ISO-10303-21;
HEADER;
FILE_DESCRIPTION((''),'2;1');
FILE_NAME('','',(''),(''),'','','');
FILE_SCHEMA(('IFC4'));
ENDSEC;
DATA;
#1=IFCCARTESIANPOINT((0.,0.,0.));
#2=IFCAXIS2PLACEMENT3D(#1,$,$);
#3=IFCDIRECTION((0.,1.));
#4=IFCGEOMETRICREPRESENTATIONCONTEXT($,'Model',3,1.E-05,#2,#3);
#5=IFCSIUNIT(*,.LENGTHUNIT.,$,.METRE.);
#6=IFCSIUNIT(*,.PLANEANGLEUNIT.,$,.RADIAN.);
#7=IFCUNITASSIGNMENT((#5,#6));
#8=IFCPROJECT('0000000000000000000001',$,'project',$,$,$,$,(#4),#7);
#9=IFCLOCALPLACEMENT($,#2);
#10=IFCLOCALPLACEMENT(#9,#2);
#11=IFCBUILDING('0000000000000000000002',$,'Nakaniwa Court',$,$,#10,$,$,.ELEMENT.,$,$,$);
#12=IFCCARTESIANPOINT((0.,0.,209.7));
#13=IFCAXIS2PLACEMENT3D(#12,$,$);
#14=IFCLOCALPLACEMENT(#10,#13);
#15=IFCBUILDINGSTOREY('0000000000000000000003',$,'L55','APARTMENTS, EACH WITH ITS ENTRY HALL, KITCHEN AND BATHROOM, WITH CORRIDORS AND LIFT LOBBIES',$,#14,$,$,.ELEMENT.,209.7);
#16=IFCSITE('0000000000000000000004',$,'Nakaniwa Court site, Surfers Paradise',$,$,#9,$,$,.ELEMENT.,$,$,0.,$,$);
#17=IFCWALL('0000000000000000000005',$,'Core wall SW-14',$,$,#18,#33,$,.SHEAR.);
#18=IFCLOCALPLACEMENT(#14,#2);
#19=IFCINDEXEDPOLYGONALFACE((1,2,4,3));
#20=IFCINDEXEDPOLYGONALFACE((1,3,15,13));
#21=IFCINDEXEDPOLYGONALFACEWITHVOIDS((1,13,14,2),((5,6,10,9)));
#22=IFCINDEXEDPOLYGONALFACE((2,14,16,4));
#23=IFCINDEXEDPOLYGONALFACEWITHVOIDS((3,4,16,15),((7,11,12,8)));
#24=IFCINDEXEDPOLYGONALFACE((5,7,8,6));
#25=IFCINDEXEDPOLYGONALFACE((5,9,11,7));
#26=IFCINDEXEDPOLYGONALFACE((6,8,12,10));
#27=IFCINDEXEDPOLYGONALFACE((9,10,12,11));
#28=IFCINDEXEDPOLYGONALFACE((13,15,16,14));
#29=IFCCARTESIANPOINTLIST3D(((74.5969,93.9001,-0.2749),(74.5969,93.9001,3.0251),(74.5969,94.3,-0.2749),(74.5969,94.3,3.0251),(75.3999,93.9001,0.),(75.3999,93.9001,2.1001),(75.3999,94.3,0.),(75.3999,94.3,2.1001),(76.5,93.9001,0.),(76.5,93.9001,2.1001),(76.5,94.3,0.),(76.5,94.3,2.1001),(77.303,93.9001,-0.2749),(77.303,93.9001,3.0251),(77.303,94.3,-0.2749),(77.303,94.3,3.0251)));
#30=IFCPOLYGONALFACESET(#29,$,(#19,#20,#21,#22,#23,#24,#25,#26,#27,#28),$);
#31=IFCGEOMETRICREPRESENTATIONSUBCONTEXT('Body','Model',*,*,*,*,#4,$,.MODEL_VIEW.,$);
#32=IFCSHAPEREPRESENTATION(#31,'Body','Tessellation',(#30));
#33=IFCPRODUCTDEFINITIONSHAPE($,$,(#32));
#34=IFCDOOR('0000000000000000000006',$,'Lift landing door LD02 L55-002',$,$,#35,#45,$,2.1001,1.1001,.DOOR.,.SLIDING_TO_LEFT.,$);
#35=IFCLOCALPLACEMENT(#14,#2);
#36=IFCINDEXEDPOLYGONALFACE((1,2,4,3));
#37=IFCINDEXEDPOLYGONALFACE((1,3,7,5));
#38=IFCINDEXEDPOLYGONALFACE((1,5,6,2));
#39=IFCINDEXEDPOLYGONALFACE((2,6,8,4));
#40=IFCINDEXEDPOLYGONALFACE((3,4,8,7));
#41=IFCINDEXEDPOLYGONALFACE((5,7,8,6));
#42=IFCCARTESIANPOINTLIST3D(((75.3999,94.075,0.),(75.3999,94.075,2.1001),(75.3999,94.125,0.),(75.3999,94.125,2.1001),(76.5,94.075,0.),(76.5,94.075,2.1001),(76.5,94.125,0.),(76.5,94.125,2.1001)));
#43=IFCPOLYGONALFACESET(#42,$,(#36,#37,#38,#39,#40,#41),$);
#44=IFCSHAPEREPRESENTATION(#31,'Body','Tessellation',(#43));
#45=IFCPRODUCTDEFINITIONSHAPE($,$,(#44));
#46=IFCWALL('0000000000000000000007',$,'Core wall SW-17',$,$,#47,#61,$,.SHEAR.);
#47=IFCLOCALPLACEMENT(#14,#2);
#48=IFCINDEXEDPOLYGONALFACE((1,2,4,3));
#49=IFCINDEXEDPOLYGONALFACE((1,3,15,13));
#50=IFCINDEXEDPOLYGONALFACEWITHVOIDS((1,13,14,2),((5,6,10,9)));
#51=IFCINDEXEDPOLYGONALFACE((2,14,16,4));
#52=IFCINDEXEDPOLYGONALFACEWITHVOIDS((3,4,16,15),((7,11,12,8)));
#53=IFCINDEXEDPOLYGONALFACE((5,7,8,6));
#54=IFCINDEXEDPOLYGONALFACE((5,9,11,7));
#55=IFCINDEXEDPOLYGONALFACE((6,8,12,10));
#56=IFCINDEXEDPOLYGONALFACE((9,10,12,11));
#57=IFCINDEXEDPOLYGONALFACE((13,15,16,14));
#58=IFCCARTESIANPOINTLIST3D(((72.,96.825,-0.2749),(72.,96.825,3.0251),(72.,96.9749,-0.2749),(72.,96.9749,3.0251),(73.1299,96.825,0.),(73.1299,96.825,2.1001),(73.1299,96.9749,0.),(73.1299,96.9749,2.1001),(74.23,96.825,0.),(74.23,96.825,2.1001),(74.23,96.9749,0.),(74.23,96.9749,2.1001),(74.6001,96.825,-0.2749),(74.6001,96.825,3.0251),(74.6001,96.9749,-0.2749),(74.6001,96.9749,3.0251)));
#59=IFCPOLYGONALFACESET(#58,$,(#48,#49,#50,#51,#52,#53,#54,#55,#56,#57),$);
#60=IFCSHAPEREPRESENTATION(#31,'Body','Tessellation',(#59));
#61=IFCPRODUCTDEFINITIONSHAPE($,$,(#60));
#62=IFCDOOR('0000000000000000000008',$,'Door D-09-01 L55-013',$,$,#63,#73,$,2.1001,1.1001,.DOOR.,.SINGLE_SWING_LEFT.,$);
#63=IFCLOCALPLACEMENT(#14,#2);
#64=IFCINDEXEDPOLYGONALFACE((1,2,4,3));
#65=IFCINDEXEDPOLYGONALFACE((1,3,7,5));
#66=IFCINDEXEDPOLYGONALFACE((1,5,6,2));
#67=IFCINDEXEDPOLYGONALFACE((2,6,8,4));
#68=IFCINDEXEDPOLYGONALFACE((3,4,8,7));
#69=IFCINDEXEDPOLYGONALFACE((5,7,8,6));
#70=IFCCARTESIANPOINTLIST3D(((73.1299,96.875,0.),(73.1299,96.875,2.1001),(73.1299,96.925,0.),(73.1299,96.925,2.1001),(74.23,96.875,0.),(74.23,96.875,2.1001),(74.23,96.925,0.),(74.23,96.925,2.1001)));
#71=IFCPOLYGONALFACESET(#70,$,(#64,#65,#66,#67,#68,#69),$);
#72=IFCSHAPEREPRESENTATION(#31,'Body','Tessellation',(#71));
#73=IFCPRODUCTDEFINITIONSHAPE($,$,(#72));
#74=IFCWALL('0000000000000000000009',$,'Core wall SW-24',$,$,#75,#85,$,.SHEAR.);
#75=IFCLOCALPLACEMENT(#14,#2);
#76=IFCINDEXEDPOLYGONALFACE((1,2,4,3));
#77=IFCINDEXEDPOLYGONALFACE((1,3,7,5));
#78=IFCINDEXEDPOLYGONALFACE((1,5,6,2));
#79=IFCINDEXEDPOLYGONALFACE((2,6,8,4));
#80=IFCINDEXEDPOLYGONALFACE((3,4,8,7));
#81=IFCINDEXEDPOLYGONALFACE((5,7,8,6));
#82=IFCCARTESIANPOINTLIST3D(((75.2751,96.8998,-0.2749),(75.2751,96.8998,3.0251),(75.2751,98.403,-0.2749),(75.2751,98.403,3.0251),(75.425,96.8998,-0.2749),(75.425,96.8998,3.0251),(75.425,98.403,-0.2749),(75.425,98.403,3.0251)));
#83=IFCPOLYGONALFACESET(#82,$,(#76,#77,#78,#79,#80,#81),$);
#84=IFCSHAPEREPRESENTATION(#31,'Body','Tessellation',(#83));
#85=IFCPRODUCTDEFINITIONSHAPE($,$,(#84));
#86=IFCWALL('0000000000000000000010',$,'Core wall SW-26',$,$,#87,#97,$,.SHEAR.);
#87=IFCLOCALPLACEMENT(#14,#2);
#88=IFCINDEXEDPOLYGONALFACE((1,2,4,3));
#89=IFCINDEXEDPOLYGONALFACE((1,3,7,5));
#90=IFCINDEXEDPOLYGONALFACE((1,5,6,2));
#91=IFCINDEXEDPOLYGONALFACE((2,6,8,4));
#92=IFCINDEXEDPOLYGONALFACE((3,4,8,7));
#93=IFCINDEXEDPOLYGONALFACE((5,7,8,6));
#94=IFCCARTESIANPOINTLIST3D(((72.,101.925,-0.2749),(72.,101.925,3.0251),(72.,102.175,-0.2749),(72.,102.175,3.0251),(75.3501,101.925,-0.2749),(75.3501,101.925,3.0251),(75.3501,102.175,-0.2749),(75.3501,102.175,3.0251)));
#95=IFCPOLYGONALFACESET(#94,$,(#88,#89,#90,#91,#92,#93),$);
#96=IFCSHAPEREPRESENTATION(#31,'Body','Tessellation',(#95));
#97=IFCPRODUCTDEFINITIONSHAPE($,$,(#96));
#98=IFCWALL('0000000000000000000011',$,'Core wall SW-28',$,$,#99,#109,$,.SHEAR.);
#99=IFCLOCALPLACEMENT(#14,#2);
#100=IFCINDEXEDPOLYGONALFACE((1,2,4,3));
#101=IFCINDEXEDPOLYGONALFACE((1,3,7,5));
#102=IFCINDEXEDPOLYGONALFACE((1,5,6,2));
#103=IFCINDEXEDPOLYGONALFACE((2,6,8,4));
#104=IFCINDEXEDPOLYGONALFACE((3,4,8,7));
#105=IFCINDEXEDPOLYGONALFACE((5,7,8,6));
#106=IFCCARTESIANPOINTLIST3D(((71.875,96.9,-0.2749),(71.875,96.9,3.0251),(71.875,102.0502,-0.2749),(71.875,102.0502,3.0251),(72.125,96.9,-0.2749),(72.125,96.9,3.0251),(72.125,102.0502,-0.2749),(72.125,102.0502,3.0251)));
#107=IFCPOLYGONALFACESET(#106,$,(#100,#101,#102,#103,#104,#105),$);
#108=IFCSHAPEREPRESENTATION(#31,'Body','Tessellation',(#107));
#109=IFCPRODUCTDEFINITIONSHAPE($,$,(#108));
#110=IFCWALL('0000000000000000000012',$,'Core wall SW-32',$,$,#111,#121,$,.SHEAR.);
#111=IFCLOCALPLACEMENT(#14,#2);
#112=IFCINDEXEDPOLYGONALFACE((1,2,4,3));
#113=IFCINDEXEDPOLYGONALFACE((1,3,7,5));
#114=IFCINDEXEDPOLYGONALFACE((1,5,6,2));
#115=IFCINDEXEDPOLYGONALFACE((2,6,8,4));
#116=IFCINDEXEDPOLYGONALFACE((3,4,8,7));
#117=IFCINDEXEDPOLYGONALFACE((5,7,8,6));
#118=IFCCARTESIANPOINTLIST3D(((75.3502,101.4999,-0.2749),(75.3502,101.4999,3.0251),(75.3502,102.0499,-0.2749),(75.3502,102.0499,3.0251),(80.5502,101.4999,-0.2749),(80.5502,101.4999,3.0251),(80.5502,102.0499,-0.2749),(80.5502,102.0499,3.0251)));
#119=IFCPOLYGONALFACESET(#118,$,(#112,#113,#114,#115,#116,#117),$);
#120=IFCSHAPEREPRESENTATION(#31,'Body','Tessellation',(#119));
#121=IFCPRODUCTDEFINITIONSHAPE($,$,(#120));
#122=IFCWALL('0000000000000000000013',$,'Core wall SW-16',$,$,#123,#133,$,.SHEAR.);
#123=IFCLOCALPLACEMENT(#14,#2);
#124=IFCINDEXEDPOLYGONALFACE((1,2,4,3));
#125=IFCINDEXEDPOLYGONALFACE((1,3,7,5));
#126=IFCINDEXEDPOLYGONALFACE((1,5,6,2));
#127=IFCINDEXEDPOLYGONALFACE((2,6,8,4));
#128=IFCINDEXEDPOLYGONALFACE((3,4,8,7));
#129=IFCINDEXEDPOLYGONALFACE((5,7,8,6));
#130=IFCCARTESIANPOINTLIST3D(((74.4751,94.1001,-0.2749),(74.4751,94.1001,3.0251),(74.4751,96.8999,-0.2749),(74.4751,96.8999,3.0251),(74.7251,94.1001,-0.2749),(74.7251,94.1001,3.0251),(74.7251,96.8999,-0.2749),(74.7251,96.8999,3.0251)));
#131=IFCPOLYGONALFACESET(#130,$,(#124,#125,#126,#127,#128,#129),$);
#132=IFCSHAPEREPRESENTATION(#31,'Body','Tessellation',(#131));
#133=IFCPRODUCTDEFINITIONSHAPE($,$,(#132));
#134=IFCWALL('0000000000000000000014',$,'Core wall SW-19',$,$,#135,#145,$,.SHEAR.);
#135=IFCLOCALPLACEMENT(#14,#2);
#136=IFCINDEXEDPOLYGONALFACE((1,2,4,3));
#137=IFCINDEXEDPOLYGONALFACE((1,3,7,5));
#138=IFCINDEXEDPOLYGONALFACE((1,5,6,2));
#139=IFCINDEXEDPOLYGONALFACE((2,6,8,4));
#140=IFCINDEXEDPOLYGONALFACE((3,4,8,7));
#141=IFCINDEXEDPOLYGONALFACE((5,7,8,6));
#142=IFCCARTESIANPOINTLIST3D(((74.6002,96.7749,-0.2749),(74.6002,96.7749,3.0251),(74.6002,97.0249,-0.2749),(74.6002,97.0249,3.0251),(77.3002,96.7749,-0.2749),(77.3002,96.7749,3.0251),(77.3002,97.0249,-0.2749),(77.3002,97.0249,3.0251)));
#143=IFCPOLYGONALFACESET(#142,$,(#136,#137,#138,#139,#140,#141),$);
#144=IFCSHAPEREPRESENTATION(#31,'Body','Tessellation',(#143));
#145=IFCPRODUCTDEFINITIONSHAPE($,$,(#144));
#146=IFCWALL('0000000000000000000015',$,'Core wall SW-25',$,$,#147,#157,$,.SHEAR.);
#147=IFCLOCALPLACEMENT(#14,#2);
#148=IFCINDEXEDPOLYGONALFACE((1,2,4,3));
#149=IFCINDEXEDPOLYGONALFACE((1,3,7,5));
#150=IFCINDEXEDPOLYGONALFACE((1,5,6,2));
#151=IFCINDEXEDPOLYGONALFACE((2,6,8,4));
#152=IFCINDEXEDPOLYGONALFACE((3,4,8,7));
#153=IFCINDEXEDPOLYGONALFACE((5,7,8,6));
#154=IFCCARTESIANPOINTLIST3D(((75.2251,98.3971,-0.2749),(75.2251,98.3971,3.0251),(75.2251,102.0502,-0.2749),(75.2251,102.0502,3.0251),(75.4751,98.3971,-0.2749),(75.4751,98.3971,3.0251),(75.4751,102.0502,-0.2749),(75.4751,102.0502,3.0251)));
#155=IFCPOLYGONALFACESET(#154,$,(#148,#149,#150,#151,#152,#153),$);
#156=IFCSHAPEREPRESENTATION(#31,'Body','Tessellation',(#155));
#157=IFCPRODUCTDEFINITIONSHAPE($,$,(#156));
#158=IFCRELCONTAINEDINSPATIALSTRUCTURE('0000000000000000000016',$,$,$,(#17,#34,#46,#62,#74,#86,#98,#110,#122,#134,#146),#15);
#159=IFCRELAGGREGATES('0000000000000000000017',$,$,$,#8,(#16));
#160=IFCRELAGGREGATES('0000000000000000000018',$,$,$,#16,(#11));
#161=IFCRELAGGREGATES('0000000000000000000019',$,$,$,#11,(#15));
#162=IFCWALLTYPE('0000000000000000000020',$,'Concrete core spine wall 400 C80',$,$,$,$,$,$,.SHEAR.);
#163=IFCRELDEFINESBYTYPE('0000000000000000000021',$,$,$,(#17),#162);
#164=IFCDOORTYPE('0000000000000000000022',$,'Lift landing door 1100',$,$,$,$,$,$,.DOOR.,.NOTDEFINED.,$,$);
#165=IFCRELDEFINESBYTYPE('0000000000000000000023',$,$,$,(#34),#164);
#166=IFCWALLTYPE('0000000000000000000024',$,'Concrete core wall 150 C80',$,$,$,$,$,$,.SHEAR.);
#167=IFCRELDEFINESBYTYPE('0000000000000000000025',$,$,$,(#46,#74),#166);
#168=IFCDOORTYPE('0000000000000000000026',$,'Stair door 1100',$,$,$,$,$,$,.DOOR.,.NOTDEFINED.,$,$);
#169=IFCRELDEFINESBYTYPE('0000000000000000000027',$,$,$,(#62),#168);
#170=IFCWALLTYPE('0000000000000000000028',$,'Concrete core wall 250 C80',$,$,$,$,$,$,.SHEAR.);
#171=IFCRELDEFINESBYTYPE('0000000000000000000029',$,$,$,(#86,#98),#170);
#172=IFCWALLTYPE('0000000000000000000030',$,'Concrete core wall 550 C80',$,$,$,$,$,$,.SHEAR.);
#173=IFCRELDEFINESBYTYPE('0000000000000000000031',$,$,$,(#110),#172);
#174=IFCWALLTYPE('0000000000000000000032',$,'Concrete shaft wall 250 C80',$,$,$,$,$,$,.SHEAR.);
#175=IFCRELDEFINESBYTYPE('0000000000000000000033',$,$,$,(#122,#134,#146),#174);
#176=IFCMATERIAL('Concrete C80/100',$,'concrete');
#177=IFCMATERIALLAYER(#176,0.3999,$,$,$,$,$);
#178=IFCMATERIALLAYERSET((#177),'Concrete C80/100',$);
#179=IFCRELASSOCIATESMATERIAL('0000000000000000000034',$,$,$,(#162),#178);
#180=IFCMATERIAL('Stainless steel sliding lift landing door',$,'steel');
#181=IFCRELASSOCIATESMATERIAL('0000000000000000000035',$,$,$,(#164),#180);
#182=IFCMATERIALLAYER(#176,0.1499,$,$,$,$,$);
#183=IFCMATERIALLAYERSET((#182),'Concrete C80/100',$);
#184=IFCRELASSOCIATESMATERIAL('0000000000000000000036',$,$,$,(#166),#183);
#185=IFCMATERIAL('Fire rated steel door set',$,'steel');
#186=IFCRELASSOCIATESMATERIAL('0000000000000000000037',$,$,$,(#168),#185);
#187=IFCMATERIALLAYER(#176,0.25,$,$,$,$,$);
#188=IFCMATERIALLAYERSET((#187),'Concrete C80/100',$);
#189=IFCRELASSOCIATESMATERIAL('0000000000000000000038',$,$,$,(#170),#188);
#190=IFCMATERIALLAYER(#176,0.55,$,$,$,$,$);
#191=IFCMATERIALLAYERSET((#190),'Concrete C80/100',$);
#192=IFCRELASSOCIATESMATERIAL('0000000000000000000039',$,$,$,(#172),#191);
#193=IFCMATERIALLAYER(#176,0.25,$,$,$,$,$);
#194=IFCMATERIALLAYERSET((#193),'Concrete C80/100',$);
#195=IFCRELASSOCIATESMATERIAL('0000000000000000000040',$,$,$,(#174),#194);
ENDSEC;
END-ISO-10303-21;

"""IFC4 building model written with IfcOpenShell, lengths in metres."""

from ifc_helpers import new_model, si_unit, direction, frame, frame_2d, origin, place, context, subcontext, project, spatial, rectangle, extrude, material, layer, layer_set, type_object, element, fill, save


model = new_model("IFC4")

# Units and contexts
model_context = context("Model", 3, precision=1e-05, world=origin(), true_north=direction((0.0, 1.0)))
body_context = subcontext(model_context, "Body", "Model", "MODEL_VIEW")
ifc_project = project(units=[si_unit("LENGTHUNIT", "METRE"), si_unit("PLANEANGLEUNIT", "RADIAN")], contexts=[model_context])

# Site, building, storey
site_placement = place(None, origin())
site = spatial("IfcSite", under=ifc_project, at=site_placement, Name="Nakaniwa Court site, Surfers Paradise", CompositionType="ELEMENT", RefElevation=0.0)
building_placement = place(site_placement, origin())
building = spatial("IfcBuilding", under=site, at=building_placement, Name="Nakaniwa Court", CompositionType="ELEMENT")
storey_placement = place(building_placement, frame((0.0, 0.0, 209.7)))
storey = spatial("IfcBuildingStorey", under=building, at=storey_placement, Name="L55", Description="APARTMENTS, EACH WITH ITS ENTRY HALL, KITCHEN AND BATHROOM, WITH CORRIDORS AND LIFT LOBBIES", CompositionType="ELEMENT", Elevation=209.7)

# Shared definitions
ifc_material_1 = material(Name="Concrete C80/100", Category="concrete")

# Shared definitions
ifc_material_2 = material(Name="Fire rated steel door set", Category="steel")

# Walls, openings, doors
ifc_layer_1 = layer(ifc_material_1, 0.3999)
ifc_layer_set_1 = layer_set([ifc_layer_1], Name="Concrete C80/100")
wall_type_1 = type_object("IfcWallType", Name="Concrete core spine wall 400 C80", PredefinedType="SHEAR", material=ifc_layer_set_1)
wall_1_placement = place(storey_placement, frame((74.5969, 94.1001, -0.2749), z_axis=(0.0, 0.0, 1.0), x_axis=(1.0, 0.0, 0.0)))
wall_1 = element("IfcWall", 1, at=wall_1_placement, inside=storey, type_object=wall_type_1, Name="Core wall SW-14", PredefinedType="SHEAR", context=body_context, shape_type="SweptSolid", body=[
    extrude(rectangle(XDim=2.7061, YDim=0.3999, at=frame_2d((1.353, 0.0))), origin(), (0.0, 0.0, 1.0), 3.3),
])
opening_1_placement = place(wall_1_placement, frame((0.803, 0.0, 0.2749)))
opening_1 = element("IfcOpeningElement", 2, at=opening_1_placement, cuts=wall_1, PredefinedType="OPENING", context=body_context, shape_type="SweptSolid", body=[
    extrude(rectangle(XDim=1.1001, YDim=2.1001, at=frame_2d((0.55, 1.05))), frame((0.0, 0.21, 0.0), z_axis=(0.0, -1.0, 0.0), x_axis=(1.0, 0.0, 0.0)), (0.0, 0.0, 1.0), 0.4199),
])
ifc_material_3 = material(Name="Stainless steel sliding lift landing door", Category="steel")
door_type_1 = type_object("IfcDoorType", Name="Lift landing door 1100", OperationType="NOTDEFINED", PredefinedType="DOOR", material=ifc_material_3)
door_1_placement = place(opening_1_placement, origin())
door_1 = element("IfcDoor", 3, at=door_1_placement, inside=storey, type_object=door_type_1, Name="Lift landing door LD02 L55-002", OperationType="SLIDING_TO_LEFT", OverallHeight=2.1001, OverallWidth=1.1001, PredefinedType="DOOR", context=body_context, shape_type="SweptSolid", body=[
    extrude(rectangle(XDim=1.1001, YDim=2.1001, at=frame_2d((0.55, 1.05))), frame((0.0, 0.0249, 0.0), z_axis=(0.0, -1.0, 0.0), x_axis=(1.0, 0.0, 0.0)), (0.0, 0.0, 1.0), 0.05),
])
fill(opening_1, door_1)
ifc_layer_2 = layer(ifc_material_1, 0.1499)
ifc_layer_set_2 = layer_set([ifc_layer_2], Name="Concrete C80/100")
wall_type_2 = type_object("IfcWallType", Name="Concrete core wall 150 C80", PredefinedType="SHEAR", material=ifc_layer_set_2)
wall_2_placement = place(storey_placement, frame((74.6001, 96.8999, -0.2749), z_axis=(0.0, 0.0, 1.0), x_axis=(-1.0, 0.0, 0.0)))
wall_2 = element("IfcWall", 4, at=wall_2_placement, inside=storey, type_object=wall_type_2, Name="Core wall SW-17", PredefinedType="SHEAR", context=body_context, shape_type="SweptSolid", body=[
    extrude(rectangle(XDim=2.6001, YDim=0.1499, at=frame_2d((1.3, 0.0))), origin(), (0.0, 0.0, 1.0), 3.3),
])
opening_2_placement = place(wall_2_placement, frame((0.3701, 0.0, 0.2749)))
opening_2 = element("IfcOpeningElement", 5, at=opening_2_placement, cuts=wall_2, PredefinedType="OPENING", context=body_context, shape_type="SweptSolid", body=[
    extrude(rectangle(XDim=1.1001, YDim=2.1001, at=frame_2d((0.55, 1.05))), frame((0.0, 0.085, 0.0), z_axis=(0.0, -1.0, 0.0), x_axis=(1.0, 0.0, 0.0)), (0.0, 0.0, 1.0), 0.1699),
])
door_type_2 = type_object("IfcDoorType", Name="Stair door 1100", OperationType="NOTDEFINED", PredefinedType="DOOR", material=ifc_material_2)
door_2_placement = place(opening_2_placement, origin())
door_2 = element("IfcDoor", 6, at=door_2_placement, inside=storey, type_object=door_type_2, Name="Door D-09-01 L55-013", OperationType="SINGLE_SWING_LEFT", OverallHeight=2.1001, OverallWidth=1.1001, PredefinedType="DOOR", context=body_context, shape_type="SweptSolid", body=[
    extrude(rectangle(XDim=1.1001, YDim=2.1001, at=frame_2d((0.55, 1.05))), frame((0.0, 0.0249, 0.0), z_axis=(0.0, -1.0, 0.0), x_axis=(1.0, 0.0, 0.0)), (0.0, 0.0, 1.0), 0.05),
])
fill(opening_2, door_2)

# Walls
wall_3_placement = place(storey_placement, frame((75.3501, 96.8999, -0.2749), z_axis=(0.0, 0.0, 1.0), x_axis=(0.0, 1.0, 0.0)))
element("IfcWall", 7, at=wall_3_placement, inside=storey, type_object=wall_type_2, Name="Core wall SW-24", PredefinedType="SHEAR", context=body_context, shape_type="SweptSolid", body=[
    extrude(rectangle(XDim=1.5032, YDim=0.1499, at=frame_2d((0.7515, 0.0))), origin(), (0.0, 0.0, 1.0), 3.3),
])
ifc_layer_3 = layer(ifc_material_1, 0.25)
ifc_layer_set_3 = layer_set([ifc_layer_3], Name="Concrete C80/100")
wall_type_3 = type_object("IfcWallType", Name="Concrete core wall 250 C80", PredefinedType="SHEAR", material=ifc_layer_set_3)
wall_4_placement = place(storey_placement, frame((72.0, 102.05, -0.2749), z_axis=(0.0, 0.0, 1.0), x_axis=(1.0, 0.0, 0.0)))
element("IfcWall", 8, at=wall_4_placement, inside=storey, type_object=wall_type_3, Name="Core wall SW-26", PredefinedType="SHEAR", context=body_context, shape_type="SweptSolid", body=[
    extrude(rectangle(XDim=3.3501, YDim=0.25, at=frame_2d((1.675, 0.0))), origin(), (0.0, 0.0, 1.0), 3.3),
])
wall_5_placement = place(storey_placement, frame((72.0, 96.8999, -0.2749), z_axis=(0.0, 0.0, 1.0), x_axis=(0.0, 1.0, 0.0)))
element("IfcWall", 9, at=wall_5_placement, inside=storey, type_object=wall_type_3, Name="Core wall SW-28", PredefinedType="SHEAR", context=body_context, shape_type="SweptSolid", body=[
    extrude(rectangle(XDim=5.1501, YDim=0.25, at=frame_2d((2.5752, 0.0))), origin(), (0.0, 0.0, 1.0), 3.3),
])
ifc_layer_4 = layer(ifc_material_1, 0.55)
ifc_layer_set_4 = layer_set([ifc_layer_4], Name="Concrete C80/100")
wall_type_4 = type_object("IfcWallType", Name="Concrete core wall 550 C80", PredefinedType="SHEAR", material=ifc_layer_set_4)
wall_6_placement = place(storey_placement, frame((75.3501, 101.7749, -0.2749), z_axis=(0.0, 0.0, 1.0), x_axis=(1.0, 0.0, 0.0)))
element("IfcWall", 10, at=wall_6_placement, inside=storey, type_object=wall_type_4, Name="Core wall SW-32", PredefinedType="SHEAR", context=body_context, shape_type="SweptSolid", body=[
    extrude(rectangle(XDim=5.2, YDim=0.55, at=frame_2d((2.6001, 0.0))), origin(), (0.0, 0.0, 1.0), 3.3),
])
ifc_layer_5 = layer(ifc_material_1, 0.25)
ifc_layer_set_5 = layer_set([ifc_layer_5], Name="Concrete C80/100")
wall_type_5 = type_object("IfcWallType", Name="Concrete shaft wall 250 C80", PredefinedType="SHEAR", material=ifc_layer_set_5)
wall_7_placement = place(storey_placement, frame((74.6001, 94.1001, -0.2749), z_axis=(0.0, 0.0, 1.0), x_axis=(0.0, 1.0, 0.0)))
element("IfcWall", 11, at=wall_7_placement, inside=storey, type_object=wall_type_5, Name="Core wall SW-16", PredefinedType="SHEAR", context=body_context, shape_type="SweptSolid", body=[
    extrude(rectangle(XDim=2.7998, YDim=0.25, at=frame_2d((1.3999, 0.0))), origin(), (0.0, 0.0, 1.0), 3.3),
])
wall_8_placement = place(storey_placement, frame((74.6001, 96.8999, -0.2749), z_axis=(0.0, 0.0, 1.0), x_axis=(1.0, 0.0, 0.0)))
element("IfcWall", 12, at=wall_8_placement, inside=storey, type_object=wall_type_5, Name="Core wall SW-19", PredefinedType="SHEAR", context=body_context, shape_type="SweptSolid", body=[
    extrude(rectangle(XDim=2.7, YDim=0.25, at=frame_2d((1.3501, 0.0))), origin(), (0.0, 0.0, 1.0), 3.3),
])
wall_9_placement = place(storey_placement, frame((75.3501, 98.397, -0.2749), z_axis=(0.0, 0.0, 1.0), x_axis=(0.0, 1.0, 0.0)))
element("IfcWall", 13, at=wall_9_placement, inside=storey, type_object=wall_type_5, Name="Core wall SW-25", PredefinedType="SHEAR", context=body_context, shape_type="SweptSolid", body=[
    extrude(rectangle(XDim=3.6531, YDim=0.25, at=frame_2d((1.8267, 0.0))), origin(), (0.0, 0.0, 1.0), 3.3),
])

save(model, "model.ifc")
